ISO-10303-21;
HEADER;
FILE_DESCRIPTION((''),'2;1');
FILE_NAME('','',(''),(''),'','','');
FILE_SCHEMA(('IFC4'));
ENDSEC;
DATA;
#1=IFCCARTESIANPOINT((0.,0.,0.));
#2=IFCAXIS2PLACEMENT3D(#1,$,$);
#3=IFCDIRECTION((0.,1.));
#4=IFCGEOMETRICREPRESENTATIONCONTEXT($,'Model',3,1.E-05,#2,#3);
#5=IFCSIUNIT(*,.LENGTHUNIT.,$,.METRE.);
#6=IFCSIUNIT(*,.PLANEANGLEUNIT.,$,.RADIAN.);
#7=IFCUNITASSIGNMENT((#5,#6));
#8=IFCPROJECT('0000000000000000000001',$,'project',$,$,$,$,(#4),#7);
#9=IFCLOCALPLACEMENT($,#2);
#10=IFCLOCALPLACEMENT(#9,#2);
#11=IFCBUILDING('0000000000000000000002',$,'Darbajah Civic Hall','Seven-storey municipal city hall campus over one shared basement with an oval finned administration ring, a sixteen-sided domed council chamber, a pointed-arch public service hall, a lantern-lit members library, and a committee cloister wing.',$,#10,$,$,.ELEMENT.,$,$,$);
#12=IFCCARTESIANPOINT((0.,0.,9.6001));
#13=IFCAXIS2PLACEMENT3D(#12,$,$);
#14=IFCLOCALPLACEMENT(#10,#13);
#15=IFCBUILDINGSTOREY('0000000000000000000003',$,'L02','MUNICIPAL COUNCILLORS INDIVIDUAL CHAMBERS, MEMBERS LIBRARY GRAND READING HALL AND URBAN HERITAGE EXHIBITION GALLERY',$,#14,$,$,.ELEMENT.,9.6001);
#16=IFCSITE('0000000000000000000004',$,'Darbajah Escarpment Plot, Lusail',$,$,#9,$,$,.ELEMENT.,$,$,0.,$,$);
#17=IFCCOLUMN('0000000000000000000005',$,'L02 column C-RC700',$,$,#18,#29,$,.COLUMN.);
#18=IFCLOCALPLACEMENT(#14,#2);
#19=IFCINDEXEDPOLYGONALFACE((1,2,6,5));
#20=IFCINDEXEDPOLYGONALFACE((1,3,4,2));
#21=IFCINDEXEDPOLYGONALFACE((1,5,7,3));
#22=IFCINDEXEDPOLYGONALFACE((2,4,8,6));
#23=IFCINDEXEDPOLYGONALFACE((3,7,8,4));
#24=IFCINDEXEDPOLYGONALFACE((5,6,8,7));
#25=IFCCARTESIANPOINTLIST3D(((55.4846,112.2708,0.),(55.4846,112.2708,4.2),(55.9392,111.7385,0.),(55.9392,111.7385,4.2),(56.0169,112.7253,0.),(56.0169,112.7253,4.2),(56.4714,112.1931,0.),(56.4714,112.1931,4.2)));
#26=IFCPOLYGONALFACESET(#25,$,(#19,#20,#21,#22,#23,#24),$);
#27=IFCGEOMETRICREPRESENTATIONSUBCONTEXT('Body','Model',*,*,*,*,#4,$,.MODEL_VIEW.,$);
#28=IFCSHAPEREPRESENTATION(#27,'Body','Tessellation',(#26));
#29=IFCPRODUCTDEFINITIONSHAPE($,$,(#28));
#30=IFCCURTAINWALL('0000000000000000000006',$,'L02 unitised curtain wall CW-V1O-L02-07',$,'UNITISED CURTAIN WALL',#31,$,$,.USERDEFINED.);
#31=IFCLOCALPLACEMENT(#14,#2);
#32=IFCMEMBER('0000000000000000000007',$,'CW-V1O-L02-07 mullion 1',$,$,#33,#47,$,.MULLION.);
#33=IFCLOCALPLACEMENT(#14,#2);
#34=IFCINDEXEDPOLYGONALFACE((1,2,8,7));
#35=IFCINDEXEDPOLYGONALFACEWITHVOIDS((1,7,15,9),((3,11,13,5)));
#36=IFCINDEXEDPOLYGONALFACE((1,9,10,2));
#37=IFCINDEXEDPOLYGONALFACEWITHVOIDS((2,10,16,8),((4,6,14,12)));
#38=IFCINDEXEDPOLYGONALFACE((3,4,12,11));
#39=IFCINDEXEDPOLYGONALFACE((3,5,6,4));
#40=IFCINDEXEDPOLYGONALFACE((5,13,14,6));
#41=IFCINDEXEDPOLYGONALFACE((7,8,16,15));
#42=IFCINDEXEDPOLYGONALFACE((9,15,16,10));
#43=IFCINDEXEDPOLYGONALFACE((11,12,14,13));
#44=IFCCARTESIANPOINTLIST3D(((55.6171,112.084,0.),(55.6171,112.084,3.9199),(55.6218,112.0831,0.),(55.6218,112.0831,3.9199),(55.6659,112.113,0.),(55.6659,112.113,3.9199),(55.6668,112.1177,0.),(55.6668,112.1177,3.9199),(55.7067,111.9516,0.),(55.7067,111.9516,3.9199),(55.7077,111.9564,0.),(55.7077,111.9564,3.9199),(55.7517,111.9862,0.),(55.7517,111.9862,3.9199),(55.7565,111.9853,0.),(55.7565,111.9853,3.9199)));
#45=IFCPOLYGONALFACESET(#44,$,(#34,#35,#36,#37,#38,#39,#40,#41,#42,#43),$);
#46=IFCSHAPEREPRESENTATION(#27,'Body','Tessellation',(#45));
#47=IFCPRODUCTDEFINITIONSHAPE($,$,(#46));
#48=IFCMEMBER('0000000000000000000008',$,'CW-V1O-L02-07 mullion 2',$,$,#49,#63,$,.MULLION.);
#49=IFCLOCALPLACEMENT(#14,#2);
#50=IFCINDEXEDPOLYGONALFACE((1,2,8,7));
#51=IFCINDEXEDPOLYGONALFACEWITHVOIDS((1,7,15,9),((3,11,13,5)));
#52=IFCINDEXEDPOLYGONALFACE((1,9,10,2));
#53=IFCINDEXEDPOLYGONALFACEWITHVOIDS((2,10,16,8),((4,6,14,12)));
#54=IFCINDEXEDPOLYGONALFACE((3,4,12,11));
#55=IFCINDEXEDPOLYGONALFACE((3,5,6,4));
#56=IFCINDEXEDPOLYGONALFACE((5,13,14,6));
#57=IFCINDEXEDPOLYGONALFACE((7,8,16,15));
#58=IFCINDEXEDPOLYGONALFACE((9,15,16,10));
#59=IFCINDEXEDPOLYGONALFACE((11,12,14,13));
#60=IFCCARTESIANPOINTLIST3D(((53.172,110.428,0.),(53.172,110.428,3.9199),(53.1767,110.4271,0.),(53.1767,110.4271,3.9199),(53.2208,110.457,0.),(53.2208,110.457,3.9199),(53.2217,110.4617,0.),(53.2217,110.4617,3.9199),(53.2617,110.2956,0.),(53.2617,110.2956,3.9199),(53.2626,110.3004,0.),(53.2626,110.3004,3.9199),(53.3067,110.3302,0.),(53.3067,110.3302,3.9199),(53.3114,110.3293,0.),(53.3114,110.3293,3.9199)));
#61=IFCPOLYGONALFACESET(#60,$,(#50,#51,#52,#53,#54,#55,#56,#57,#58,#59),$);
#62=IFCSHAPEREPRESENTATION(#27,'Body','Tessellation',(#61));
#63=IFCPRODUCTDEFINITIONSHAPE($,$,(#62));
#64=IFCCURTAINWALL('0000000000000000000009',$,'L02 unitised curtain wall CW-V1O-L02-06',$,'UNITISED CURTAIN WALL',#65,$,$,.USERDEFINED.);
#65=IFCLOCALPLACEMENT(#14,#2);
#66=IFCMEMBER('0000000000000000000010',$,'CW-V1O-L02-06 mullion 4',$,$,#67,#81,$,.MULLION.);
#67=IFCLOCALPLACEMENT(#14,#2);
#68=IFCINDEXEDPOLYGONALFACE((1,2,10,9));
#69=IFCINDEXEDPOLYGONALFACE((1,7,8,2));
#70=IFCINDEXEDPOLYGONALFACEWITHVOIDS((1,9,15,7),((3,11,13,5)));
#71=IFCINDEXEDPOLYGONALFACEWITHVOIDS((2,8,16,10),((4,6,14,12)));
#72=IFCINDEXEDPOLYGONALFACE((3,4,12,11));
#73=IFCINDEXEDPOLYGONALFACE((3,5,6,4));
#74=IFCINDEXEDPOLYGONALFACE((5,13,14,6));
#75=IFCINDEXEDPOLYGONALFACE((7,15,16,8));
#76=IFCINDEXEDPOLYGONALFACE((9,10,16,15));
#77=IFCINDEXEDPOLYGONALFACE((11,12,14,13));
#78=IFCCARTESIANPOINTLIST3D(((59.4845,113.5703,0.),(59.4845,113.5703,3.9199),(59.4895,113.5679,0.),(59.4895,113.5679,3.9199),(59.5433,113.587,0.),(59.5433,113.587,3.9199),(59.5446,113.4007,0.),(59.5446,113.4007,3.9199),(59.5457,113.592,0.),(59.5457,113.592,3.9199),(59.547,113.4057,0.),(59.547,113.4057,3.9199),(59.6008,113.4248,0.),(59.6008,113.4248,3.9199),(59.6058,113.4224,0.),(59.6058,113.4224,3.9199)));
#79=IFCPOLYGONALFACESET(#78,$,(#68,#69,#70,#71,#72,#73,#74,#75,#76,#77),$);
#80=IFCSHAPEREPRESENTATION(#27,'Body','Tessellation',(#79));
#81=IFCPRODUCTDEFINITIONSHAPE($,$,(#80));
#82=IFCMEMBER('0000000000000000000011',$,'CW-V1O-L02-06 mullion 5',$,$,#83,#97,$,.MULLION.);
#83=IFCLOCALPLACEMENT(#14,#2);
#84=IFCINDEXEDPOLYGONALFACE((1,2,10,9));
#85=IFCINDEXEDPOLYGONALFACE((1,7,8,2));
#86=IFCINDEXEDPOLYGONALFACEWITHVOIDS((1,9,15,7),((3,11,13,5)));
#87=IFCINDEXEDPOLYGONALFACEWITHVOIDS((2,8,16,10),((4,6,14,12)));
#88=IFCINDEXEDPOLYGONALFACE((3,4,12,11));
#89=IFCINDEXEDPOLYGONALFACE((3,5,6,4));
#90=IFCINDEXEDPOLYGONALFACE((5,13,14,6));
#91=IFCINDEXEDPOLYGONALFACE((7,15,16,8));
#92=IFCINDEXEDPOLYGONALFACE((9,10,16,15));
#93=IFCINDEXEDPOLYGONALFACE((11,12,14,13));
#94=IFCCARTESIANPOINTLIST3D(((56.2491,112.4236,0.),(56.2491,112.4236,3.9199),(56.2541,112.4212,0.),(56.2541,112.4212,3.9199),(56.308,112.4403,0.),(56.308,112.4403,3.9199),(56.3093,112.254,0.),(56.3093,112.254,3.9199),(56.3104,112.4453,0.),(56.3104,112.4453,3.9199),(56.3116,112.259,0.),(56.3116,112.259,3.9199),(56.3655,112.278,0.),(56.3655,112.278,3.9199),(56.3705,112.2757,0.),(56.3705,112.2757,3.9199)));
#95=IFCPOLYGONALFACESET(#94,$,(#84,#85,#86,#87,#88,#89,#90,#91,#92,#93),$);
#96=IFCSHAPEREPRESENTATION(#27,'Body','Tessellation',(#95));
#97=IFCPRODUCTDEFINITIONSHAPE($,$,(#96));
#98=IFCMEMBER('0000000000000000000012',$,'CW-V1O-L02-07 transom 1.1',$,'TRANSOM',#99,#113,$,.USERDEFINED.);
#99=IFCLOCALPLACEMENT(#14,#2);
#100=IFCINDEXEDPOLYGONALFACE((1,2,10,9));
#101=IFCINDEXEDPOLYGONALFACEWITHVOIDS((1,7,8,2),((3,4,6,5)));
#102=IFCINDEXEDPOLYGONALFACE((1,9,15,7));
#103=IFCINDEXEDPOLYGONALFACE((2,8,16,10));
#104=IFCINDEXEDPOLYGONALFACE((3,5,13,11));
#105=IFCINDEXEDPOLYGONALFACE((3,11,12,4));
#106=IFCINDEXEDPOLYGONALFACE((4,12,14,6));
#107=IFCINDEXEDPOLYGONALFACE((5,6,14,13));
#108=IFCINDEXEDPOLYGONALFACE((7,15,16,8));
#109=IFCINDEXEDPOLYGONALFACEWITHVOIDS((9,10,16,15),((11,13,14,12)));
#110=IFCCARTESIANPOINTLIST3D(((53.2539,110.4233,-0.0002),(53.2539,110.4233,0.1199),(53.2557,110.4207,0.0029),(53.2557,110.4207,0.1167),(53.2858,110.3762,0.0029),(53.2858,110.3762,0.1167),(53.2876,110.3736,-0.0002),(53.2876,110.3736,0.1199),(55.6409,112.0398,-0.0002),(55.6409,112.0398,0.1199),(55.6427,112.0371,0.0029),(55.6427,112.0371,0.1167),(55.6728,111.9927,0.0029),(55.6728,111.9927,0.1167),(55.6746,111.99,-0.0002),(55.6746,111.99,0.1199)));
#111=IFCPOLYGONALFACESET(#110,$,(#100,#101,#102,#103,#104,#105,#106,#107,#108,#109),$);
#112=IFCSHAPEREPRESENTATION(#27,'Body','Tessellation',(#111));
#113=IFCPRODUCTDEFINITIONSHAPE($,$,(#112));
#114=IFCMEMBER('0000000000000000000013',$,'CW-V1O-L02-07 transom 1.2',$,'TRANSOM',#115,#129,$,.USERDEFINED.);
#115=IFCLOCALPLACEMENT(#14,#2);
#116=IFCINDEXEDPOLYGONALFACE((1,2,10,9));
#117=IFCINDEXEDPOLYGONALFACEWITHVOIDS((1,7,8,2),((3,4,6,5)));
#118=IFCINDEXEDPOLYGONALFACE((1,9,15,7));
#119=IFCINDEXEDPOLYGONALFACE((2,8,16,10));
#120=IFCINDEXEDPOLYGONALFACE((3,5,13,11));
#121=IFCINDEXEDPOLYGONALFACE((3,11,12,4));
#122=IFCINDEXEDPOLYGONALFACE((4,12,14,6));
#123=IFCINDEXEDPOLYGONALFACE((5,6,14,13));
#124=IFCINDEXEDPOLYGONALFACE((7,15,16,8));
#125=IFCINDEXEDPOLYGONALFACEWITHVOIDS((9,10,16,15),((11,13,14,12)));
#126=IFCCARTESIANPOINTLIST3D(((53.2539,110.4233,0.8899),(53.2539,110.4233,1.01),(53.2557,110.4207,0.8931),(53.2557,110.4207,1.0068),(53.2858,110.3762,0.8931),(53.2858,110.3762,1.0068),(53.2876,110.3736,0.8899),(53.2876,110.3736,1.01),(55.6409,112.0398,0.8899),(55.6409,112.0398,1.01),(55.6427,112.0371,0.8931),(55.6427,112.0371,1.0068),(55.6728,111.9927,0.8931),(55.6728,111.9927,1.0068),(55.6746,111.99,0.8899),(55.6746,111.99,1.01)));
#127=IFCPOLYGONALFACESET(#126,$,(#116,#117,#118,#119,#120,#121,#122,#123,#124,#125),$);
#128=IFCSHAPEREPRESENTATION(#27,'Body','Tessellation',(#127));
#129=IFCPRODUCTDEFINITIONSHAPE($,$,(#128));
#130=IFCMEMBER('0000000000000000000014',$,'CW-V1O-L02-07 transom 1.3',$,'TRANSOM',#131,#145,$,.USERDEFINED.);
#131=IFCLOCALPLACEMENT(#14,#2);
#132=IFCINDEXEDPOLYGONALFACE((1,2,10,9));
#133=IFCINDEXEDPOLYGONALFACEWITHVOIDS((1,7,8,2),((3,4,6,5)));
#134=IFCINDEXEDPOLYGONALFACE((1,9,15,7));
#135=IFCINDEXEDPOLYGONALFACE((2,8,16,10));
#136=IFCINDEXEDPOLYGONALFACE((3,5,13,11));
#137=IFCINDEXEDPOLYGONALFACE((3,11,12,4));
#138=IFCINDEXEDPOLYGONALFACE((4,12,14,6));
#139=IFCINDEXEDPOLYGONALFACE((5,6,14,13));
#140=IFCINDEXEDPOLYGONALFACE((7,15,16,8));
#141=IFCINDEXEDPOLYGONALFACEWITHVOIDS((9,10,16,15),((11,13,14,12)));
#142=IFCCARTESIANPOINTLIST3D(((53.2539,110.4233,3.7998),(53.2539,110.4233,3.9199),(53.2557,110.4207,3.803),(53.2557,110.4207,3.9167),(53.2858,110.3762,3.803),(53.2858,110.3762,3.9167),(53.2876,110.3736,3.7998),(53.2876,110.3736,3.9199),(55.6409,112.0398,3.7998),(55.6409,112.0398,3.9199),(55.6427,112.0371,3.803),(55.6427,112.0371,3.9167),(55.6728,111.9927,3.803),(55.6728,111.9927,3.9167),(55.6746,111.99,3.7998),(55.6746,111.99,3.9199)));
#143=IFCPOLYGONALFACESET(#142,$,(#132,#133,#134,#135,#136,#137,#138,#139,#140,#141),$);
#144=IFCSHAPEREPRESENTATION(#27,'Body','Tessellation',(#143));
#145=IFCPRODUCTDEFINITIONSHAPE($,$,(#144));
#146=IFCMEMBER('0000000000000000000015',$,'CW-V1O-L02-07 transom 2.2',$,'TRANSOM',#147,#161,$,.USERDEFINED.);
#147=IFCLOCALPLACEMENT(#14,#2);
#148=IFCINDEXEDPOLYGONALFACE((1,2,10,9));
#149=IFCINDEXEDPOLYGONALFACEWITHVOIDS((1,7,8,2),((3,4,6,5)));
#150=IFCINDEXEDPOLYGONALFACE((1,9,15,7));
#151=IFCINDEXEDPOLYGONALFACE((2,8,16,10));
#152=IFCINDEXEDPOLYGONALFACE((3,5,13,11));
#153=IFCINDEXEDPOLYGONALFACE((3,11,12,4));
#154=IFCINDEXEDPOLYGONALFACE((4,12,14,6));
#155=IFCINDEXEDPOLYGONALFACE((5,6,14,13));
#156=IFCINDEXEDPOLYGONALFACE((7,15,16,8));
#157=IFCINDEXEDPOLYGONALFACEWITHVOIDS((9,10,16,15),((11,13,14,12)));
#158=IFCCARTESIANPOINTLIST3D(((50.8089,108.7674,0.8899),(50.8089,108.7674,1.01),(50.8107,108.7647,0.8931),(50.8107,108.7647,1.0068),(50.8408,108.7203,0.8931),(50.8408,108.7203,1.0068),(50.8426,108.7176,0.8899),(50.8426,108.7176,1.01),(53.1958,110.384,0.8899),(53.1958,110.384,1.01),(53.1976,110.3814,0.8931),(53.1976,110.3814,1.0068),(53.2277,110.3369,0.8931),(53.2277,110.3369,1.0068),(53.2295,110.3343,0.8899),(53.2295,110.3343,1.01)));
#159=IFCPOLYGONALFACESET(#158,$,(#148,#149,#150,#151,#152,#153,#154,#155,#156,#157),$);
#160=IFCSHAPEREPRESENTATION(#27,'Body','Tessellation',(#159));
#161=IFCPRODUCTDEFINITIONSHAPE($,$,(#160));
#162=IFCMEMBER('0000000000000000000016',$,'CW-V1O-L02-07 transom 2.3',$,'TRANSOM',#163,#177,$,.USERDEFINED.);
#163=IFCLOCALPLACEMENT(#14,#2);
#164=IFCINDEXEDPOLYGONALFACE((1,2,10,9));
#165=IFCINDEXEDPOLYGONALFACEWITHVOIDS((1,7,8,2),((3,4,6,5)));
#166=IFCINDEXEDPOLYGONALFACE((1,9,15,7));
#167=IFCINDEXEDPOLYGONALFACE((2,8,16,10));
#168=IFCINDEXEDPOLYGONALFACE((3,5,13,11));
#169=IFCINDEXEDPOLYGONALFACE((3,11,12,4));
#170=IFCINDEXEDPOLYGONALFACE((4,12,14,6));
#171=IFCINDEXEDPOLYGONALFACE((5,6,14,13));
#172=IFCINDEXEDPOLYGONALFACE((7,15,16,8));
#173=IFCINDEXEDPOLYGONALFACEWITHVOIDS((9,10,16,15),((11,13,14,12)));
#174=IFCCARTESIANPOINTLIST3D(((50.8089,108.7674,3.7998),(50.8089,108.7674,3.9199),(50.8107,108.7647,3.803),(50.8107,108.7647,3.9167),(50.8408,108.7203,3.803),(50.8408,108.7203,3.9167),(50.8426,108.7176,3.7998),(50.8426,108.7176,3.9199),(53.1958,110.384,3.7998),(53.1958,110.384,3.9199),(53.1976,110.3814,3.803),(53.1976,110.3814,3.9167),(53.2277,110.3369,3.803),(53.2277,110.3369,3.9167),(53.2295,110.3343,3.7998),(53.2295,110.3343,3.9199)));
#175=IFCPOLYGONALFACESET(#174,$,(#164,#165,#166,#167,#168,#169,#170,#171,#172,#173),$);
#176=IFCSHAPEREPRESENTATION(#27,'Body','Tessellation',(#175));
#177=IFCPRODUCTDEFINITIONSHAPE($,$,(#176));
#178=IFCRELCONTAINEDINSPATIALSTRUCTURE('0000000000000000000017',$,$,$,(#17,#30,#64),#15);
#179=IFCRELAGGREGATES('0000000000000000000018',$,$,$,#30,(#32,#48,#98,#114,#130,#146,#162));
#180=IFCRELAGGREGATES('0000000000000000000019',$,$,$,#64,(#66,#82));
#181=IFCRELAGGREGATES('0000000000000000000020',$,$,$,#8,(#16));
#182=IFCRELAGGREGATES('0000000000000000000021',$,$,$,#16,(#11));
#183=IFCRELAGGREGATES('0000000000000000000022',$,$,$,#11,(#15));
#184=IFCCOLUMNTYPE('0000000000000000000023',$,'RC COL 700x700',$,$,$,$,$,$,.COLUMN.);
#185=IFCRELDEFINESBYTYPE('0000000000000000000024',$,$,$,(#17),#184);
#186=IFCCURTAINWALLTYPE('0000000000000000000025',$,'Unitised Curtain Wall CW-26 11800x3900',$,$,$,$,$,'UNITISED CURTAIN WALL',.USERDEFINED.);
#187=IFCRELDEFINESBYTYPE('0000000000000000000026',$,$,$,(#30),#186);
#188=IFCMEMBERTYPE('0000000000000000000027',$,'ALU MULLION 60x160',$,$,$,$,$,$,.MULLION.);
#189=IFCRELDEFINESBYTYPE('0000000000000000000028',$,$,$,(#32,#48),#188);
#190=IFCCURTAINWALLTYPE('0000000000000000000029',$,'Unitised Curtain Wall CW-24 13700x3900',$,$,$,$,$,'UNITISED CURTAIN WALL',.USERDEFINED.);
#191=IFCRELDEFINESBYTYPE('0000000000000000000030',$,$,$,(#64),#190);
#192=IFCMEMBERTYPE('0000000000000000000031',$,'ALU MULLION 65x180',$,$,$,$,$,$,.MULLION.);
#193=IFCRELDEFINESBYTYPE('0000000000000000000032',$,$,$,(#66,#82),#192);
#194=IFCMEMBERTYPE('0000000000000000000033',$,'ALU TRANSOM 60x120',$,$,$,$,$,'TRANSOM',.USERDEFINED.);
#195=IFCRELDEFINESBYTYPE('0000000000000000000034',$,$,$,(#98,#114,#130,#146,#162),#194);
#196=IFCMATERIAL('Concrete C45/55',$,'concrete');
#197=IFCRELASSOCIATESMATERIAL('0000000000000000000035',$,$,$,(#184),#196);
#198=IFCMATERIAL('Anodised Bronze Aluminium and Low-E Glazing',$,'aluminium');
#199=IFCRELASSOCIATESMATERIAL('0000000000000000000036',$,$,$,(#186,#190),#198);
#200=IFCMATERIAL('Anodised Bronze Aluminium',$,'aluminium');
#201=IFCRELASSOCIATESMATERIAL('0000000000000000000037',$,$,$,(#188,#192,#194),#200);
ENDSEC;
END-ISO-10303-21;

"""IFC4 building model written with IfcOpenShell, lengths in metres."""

from ifc_helpers import new_model, si_unit, direction, frame, origin, origin_2d, place, context, subcontext, project, spatial, rectangle, hollow_rectangle, extrude, material, material_profile, profile_set, type_object, element, aggregate, save


model = new_model("IFC4")

# Units and contexts
model_context = context("Model", 3, precision=1e-05, world=origin(), true_north=direction((0.0, 1.0)))
body_context = subcontext(model_context, "Body", "Model", "MODEL_VIEW")
ifc_project = project(units=[si_unit("LENGTHUNIT", "METRE"), si_unit("PLANEANGLEUNIT", "RADIAN")], contexts=[model_context])

# Site, building, storey
site_placement = place(None, origin())
site = spatial("IfcSite", under=ifc_project, at=site_placement, Name="Darbajah Escarpment Plot, Lusail", CompositionType="ELEMENT", RefElevation=0.0)
building_placement = place(site_placement, origin())
building = spatial("IfcBuilding", under=site, at=building_placement, Name="Darbajah Civic Hall", Description="Seven-storey municipal city hall campus over one shared basement with an oval finned administration ring, a sixteen-sided domed council chamber, a pointed-arch public service hall, a lantern-lit members library, and a committee cloister wing.", CompositionType="ELEMENT")
storey_placement = place(building_placement, frame((0.0, 0.0, 9.6001)))
storey = spatial("IfcBuildingStorey", under=building, at=storey_placement, Name="L02", Description="MUNICIPAL COUNCILLORS INDIVIDUAL CHAMBERS, MEMBERS LIBRARY GRAND READING HALL AND URBAN HERITAGE EXHIBITION GALLERY", CompositionType="ELEMENT", Elevation=9.6001)

# Column
ifc_material_1 = material(Name="Concrete C45/55", Category="concrete")
ifc_material_profile_1 = material_profile(ifc_material_1, rectangle(XDim=0.7, YDim=0.7, at=origin_2d()), Name="RC COL 700x700")
ifc_profile_set_1 = profile_set([ifc_material_profile_1], Name="Concrete C45/55")
column_type = type_object("IfcColumnType", Name="RC COL 700x700", PredefinedType="COLUMN", material=ifc_profile_set_1)
column_placement = place(storey_placement, frame((55.978, 112.2319, 0.0), z_axis=(0.0, 0.0, 1.0), x_axis=(-0.649448, 0.760406, 0.0)))
element("IfcColumn", 1, at=column_placement, inside=storey, type_object=column_type, Name="L02 column C-RC700", PredefinedType="COLUMN", context=body_context, shape_type="SweptSolid", body=[
    extrude(rectangle(XDim=0.7, YDim=0.7, at=origin_2d()), origin(), (0.0, 0.0, 1.0), 4.2),
])

# Curtain walls, members
ifc_material_2 = material(Name="Anodised Bronze Aluminium and Low-E Glazing", Category="aluminium")
curtain_wall_type_1 = type_object("IfcCurtainWallType", Name="Unitised Curtain Wall CW-26 11800x3900", ElementType="UNITISED CURTAIN WALL", PredefinedType="USERDEFINED", material=ifc_material_2)
curtain_wall_1_placement = place(storey_placement, origin())
curtain_wall_1 = element("IfcCurtainWall", 2, at=curtain_wall_1_placement, inside=storey, type_object=curtain_wall_type_1, Name="L02 unitised curtain wall CW-V1O-L02-07", ObjectType="UNITISED CURTAIN WALL", PredefinedType="USERDEFINED")
ifc_material_3 = material(Name="Anodised Bronze Aluminium", Category="aluminium")
ifc_material_profile_2 = material_profile(ifc_material_3, hollow_rectangle(XDim=0.0601, YDim=0.1599, WallThickness=0.0034, at=origin_2d()), Name="ALU MULLION 60x160")
ifc_profile_set_2 = profile_set([ifc_material_profile_2], Name="Anodised Bronze Aluminium")
member_type_1 = type_object("IfcMemberType", Name="ALU MULLION 60x160", PredefinedType="MULLION", material=ifc_profile_set_2)
member_1_placement = place(storey_placement, frame((55.6868, 112.0347, 0.0), z_axis=(0.0, 0.0, 1.0), x_axis=(-0.827962, -0.560784, 0.0)))
member_1 = element("IfcMember", 3, at=member_1_placement, type_object=member_type_1, Name="CW-V1O-L02-07 mullion 1", PredefinedType="MULLION", context=body_context, shape_type="SweptSolid", body=[
    extrude(hollow_rectangle(XDim=0.0601, YDim=0.1599, WallThickness=0.0034, at=origin_2d()), origin(), (0.0, 0.0, 1.0), 3.9199),
])
member_2_placement = place(storey_placement, frame((53.2417, 110.3787, 0.0), z_axis=(0.0, 0.0, 1.0), x_axis=(-0.827962, -0.560784, 0.0)))
member_2 = element("IfcMember", 4, at=member_2_placement, type_object=member_type_1, Name="CW-V1O-L02-07 mullion 2", PredefinedType="MULLION", context=body_context, shape_type="SweptSolid", body=[
    extrude(hollow_rectangle(XDim=0.0601, YDim=0.1599, WallThickness=0.0034, at=origin_2d()), origin(), (0.0, 0.0, 1.0), 3.9199),
])
curtain_wall_type_2 = type_object("IfcCurtainWallType", Name="Unitised Curtain Wall CW-24 13700x3900", ElementType="UNITISED CURTAIN WALL", PredefinedType="USERDEFINED", material=ifc_material_2)
curtain_wall_2_placement = place(storey_placement, origin())
curtain_wall_2 = element("IfcCurtainWall", 5, at=curtain_wall_2_placement, inside=storey, type_object=curtain_wall_type_2, Name="L02 unitised curtain wall CW-V1O-L02-06", ObjectType="UNITISED CURTAIN WALL", PredefinedType="USERDEFINED")
ifc_material_profile_3 = material_profile(ifc_material_3, hollow_rectangle(XDim=0.0649, YDim=0.1799, WallThickness=0.0039, at=origin_2d()), Name="ALU MULLION 65x180")
ifc_profile_set_3 = profile_set([ifc_material_profile_3], Name="Anodised Bronze Aluminium")
member_type_2 = type_object("IfcMemberType", Name="ALU MULLION 65x180", PredefinedType="MULLION", material=ifc_profile_set_3)
member_3_placement = place(storey_placement, frame((59.5452, 113.4963, 0.0), z_axis=(0.0, 0.0, 1.0), x_axis=(-0.942525, -0.334136, 0.0)))
member_3 = element("IfcMember", 6, at=member_3_placement, type_object=member_type_2, Name="CW-V1O-L02-06 mullion 4", PredefinedType="MULLION", context=body_context, shape_type="SweptSolid", body=[
    extrude(hollow_rectangle(XDim=0.0649, YDim=0.1799, WallThickness=0.0039, at=origin_2d()), origin(), (0.0, 0.0, 1.0), 3.9199),
])
member_4_placement = place(storey_placement, frame((56.3098, 112.3496, 0.0), z_axis=(0.0, 0.0, 1.0), x_axis=(-0.942525, -0.334136, 0.0)))
member_4 = element("IfcMember", 7, at=member_4_placement, type_object=member_type_2, Name="CW-V1O-L02-06 mullion 5", PredefinedType="MULLION", context=body_context, shape_type="SweptSolid", body=[
    extrude(hollow_rectangle(XDim=0.0649, YDim=0.1799, WallThickness=0.0039, at=origin_2d()), origin(), (0.0, 0.0, 1.0), 3.9199),
])

# Members
ifc_material_profile_4 = material_profile(ifc_material_3, hollow_rectangle(XDim=0.0601, YDim=0.1201, WallThickness=0.0032, at=origin_2d()), Name="ALU TRANSOM 60x120")
ifc_profile_set_4 = profile_set([ifc_material_profile_4], Name="Anodised Bronze Aluminium")
member_type_3 = type_object("IfcMemberType", Name="ALU TRANSOM 60x120", ElementType="TRANSOM", PredefinedType="USERDEFINED", material=ifc_profile_set_4)
member_5_placement = place(storey_placement, frame((55.6577, 112.0149, 0.0598), z_axis=(-0.828002, -0.560725, 0.0), x_axis=(0.560725, -0.828002, 0.0)))
member_5 = element("IfcMember", 8, at=member_5_placement, type_object=member_type_3, Name="CW-V1O-L02-07 transom 1.1", ObjectType="TRANSOM", PredefinedType="USERDEFINED", context=body_context, shape_type="SweptSolid", body=[
    extrude(hollow_rectangle(XDim=0.0601, YDim=0.1201, WallThickness=0.0032, at=origin_2d()), origin(), (0.0, 0.0, 1.0), 2.8828),
])
member_6_placement = place(storey_placement, frame((55.6577, 112.0149, 0.95), z_axis=(-0.828002, -0.560725, 0.0), x_axis=(0.560725, -0.828002, 0.0)))
member_6 = element("IfcMember", 9, at=member_6_placement, type_object=member_type_3, Name="CW-V1O-L02-07 transom 1.2", ObjectType="TRANSOM", PredefinedType="USERDEFINED", context=body_context, shape_type="SweptSolid", body=[
    extrude(hollow_rectangle(XDim=0.0601, YDim=0.1201, WallThickness=0.0032, at=origin_2d()), origin(), (0.0, 0.0, 1.0), 2.8828),
])
member_7_placement = place(storey_placement, frame((55.6577, 112.0149, 3.8599), z_axis=(-0.828002, -0.560725, 0.0), x_axis=(0.560725, -0.828002, 0.0)))
member_7 = element("IfcMember", 10, at=member_7_placement, type_object=member_type_3, Name="CW-V1O-L02-07 transom 1.3", ObjectType="TRANSOM", PredefinedType="USERDEFINED", context=body_context, shape_type="SweptSolid", body=[
    extrude(hollow_rectangle(XDim=0.0601, YDim=0.1201, WallThickness=0.0032, at=origin_2d()), origin(), (0.0, 0.0, 1.0), 2.8828),
])
member_8_placement = place(storey_placement, frame((53.2126, 110.3591, 0.95), z_axis=(-0.827963, -0.560783, 0.0), x_axis=(0.560783, -0.827963, 0.0)))
member_8 = element("IfcMember", 11, at=member_8_placement, type_object=member_type_3, Name="CW-V1O-L02-07 transom 2.2", ObjectType="TRANSOM", PredefinedType="USERDEFINED", context=body_context, shape_type="SweptSolid", body=[
    extrude(hollow_rectangle(XDim=0.0601, YDim=0.1201, WallThickness=0.0032, at=origin_2d()), origin(), (0.0, 0.0, 1.0), 2.8828),
])
member_9_placement = place(storey_placement, frame((53.2126, 110.3591, 3.8599), z_axis=(-0.827963, -0.560783, 0.0), x_axis=(0.560783, -0.827963, 0.0)))
member_9 = element("IfcMember", 12, at=member_9_placement, type_object=member_type_3, Name="CW-V1O-L02-07 transom 2.3", ObjectType="TRANSOM", PredefinedType="USERDEFINED", context=body_context, shape_type="SweptSolid", body=[
    extrude(hollow_rectangle(XDim=0.0601, YDim=0.1201, WallThickness=0.0032, at=origin_2d()), origin(), (0.0, 0.0, 1.0), 2.8828),
])

aggregate(curtain_wall_1, [member_1, member_2, member_5, member_6, member_7, member_8, member_9])
aggregate(curtain_wall_2, [member_3, member_4])

save(model, "model.ifc")
